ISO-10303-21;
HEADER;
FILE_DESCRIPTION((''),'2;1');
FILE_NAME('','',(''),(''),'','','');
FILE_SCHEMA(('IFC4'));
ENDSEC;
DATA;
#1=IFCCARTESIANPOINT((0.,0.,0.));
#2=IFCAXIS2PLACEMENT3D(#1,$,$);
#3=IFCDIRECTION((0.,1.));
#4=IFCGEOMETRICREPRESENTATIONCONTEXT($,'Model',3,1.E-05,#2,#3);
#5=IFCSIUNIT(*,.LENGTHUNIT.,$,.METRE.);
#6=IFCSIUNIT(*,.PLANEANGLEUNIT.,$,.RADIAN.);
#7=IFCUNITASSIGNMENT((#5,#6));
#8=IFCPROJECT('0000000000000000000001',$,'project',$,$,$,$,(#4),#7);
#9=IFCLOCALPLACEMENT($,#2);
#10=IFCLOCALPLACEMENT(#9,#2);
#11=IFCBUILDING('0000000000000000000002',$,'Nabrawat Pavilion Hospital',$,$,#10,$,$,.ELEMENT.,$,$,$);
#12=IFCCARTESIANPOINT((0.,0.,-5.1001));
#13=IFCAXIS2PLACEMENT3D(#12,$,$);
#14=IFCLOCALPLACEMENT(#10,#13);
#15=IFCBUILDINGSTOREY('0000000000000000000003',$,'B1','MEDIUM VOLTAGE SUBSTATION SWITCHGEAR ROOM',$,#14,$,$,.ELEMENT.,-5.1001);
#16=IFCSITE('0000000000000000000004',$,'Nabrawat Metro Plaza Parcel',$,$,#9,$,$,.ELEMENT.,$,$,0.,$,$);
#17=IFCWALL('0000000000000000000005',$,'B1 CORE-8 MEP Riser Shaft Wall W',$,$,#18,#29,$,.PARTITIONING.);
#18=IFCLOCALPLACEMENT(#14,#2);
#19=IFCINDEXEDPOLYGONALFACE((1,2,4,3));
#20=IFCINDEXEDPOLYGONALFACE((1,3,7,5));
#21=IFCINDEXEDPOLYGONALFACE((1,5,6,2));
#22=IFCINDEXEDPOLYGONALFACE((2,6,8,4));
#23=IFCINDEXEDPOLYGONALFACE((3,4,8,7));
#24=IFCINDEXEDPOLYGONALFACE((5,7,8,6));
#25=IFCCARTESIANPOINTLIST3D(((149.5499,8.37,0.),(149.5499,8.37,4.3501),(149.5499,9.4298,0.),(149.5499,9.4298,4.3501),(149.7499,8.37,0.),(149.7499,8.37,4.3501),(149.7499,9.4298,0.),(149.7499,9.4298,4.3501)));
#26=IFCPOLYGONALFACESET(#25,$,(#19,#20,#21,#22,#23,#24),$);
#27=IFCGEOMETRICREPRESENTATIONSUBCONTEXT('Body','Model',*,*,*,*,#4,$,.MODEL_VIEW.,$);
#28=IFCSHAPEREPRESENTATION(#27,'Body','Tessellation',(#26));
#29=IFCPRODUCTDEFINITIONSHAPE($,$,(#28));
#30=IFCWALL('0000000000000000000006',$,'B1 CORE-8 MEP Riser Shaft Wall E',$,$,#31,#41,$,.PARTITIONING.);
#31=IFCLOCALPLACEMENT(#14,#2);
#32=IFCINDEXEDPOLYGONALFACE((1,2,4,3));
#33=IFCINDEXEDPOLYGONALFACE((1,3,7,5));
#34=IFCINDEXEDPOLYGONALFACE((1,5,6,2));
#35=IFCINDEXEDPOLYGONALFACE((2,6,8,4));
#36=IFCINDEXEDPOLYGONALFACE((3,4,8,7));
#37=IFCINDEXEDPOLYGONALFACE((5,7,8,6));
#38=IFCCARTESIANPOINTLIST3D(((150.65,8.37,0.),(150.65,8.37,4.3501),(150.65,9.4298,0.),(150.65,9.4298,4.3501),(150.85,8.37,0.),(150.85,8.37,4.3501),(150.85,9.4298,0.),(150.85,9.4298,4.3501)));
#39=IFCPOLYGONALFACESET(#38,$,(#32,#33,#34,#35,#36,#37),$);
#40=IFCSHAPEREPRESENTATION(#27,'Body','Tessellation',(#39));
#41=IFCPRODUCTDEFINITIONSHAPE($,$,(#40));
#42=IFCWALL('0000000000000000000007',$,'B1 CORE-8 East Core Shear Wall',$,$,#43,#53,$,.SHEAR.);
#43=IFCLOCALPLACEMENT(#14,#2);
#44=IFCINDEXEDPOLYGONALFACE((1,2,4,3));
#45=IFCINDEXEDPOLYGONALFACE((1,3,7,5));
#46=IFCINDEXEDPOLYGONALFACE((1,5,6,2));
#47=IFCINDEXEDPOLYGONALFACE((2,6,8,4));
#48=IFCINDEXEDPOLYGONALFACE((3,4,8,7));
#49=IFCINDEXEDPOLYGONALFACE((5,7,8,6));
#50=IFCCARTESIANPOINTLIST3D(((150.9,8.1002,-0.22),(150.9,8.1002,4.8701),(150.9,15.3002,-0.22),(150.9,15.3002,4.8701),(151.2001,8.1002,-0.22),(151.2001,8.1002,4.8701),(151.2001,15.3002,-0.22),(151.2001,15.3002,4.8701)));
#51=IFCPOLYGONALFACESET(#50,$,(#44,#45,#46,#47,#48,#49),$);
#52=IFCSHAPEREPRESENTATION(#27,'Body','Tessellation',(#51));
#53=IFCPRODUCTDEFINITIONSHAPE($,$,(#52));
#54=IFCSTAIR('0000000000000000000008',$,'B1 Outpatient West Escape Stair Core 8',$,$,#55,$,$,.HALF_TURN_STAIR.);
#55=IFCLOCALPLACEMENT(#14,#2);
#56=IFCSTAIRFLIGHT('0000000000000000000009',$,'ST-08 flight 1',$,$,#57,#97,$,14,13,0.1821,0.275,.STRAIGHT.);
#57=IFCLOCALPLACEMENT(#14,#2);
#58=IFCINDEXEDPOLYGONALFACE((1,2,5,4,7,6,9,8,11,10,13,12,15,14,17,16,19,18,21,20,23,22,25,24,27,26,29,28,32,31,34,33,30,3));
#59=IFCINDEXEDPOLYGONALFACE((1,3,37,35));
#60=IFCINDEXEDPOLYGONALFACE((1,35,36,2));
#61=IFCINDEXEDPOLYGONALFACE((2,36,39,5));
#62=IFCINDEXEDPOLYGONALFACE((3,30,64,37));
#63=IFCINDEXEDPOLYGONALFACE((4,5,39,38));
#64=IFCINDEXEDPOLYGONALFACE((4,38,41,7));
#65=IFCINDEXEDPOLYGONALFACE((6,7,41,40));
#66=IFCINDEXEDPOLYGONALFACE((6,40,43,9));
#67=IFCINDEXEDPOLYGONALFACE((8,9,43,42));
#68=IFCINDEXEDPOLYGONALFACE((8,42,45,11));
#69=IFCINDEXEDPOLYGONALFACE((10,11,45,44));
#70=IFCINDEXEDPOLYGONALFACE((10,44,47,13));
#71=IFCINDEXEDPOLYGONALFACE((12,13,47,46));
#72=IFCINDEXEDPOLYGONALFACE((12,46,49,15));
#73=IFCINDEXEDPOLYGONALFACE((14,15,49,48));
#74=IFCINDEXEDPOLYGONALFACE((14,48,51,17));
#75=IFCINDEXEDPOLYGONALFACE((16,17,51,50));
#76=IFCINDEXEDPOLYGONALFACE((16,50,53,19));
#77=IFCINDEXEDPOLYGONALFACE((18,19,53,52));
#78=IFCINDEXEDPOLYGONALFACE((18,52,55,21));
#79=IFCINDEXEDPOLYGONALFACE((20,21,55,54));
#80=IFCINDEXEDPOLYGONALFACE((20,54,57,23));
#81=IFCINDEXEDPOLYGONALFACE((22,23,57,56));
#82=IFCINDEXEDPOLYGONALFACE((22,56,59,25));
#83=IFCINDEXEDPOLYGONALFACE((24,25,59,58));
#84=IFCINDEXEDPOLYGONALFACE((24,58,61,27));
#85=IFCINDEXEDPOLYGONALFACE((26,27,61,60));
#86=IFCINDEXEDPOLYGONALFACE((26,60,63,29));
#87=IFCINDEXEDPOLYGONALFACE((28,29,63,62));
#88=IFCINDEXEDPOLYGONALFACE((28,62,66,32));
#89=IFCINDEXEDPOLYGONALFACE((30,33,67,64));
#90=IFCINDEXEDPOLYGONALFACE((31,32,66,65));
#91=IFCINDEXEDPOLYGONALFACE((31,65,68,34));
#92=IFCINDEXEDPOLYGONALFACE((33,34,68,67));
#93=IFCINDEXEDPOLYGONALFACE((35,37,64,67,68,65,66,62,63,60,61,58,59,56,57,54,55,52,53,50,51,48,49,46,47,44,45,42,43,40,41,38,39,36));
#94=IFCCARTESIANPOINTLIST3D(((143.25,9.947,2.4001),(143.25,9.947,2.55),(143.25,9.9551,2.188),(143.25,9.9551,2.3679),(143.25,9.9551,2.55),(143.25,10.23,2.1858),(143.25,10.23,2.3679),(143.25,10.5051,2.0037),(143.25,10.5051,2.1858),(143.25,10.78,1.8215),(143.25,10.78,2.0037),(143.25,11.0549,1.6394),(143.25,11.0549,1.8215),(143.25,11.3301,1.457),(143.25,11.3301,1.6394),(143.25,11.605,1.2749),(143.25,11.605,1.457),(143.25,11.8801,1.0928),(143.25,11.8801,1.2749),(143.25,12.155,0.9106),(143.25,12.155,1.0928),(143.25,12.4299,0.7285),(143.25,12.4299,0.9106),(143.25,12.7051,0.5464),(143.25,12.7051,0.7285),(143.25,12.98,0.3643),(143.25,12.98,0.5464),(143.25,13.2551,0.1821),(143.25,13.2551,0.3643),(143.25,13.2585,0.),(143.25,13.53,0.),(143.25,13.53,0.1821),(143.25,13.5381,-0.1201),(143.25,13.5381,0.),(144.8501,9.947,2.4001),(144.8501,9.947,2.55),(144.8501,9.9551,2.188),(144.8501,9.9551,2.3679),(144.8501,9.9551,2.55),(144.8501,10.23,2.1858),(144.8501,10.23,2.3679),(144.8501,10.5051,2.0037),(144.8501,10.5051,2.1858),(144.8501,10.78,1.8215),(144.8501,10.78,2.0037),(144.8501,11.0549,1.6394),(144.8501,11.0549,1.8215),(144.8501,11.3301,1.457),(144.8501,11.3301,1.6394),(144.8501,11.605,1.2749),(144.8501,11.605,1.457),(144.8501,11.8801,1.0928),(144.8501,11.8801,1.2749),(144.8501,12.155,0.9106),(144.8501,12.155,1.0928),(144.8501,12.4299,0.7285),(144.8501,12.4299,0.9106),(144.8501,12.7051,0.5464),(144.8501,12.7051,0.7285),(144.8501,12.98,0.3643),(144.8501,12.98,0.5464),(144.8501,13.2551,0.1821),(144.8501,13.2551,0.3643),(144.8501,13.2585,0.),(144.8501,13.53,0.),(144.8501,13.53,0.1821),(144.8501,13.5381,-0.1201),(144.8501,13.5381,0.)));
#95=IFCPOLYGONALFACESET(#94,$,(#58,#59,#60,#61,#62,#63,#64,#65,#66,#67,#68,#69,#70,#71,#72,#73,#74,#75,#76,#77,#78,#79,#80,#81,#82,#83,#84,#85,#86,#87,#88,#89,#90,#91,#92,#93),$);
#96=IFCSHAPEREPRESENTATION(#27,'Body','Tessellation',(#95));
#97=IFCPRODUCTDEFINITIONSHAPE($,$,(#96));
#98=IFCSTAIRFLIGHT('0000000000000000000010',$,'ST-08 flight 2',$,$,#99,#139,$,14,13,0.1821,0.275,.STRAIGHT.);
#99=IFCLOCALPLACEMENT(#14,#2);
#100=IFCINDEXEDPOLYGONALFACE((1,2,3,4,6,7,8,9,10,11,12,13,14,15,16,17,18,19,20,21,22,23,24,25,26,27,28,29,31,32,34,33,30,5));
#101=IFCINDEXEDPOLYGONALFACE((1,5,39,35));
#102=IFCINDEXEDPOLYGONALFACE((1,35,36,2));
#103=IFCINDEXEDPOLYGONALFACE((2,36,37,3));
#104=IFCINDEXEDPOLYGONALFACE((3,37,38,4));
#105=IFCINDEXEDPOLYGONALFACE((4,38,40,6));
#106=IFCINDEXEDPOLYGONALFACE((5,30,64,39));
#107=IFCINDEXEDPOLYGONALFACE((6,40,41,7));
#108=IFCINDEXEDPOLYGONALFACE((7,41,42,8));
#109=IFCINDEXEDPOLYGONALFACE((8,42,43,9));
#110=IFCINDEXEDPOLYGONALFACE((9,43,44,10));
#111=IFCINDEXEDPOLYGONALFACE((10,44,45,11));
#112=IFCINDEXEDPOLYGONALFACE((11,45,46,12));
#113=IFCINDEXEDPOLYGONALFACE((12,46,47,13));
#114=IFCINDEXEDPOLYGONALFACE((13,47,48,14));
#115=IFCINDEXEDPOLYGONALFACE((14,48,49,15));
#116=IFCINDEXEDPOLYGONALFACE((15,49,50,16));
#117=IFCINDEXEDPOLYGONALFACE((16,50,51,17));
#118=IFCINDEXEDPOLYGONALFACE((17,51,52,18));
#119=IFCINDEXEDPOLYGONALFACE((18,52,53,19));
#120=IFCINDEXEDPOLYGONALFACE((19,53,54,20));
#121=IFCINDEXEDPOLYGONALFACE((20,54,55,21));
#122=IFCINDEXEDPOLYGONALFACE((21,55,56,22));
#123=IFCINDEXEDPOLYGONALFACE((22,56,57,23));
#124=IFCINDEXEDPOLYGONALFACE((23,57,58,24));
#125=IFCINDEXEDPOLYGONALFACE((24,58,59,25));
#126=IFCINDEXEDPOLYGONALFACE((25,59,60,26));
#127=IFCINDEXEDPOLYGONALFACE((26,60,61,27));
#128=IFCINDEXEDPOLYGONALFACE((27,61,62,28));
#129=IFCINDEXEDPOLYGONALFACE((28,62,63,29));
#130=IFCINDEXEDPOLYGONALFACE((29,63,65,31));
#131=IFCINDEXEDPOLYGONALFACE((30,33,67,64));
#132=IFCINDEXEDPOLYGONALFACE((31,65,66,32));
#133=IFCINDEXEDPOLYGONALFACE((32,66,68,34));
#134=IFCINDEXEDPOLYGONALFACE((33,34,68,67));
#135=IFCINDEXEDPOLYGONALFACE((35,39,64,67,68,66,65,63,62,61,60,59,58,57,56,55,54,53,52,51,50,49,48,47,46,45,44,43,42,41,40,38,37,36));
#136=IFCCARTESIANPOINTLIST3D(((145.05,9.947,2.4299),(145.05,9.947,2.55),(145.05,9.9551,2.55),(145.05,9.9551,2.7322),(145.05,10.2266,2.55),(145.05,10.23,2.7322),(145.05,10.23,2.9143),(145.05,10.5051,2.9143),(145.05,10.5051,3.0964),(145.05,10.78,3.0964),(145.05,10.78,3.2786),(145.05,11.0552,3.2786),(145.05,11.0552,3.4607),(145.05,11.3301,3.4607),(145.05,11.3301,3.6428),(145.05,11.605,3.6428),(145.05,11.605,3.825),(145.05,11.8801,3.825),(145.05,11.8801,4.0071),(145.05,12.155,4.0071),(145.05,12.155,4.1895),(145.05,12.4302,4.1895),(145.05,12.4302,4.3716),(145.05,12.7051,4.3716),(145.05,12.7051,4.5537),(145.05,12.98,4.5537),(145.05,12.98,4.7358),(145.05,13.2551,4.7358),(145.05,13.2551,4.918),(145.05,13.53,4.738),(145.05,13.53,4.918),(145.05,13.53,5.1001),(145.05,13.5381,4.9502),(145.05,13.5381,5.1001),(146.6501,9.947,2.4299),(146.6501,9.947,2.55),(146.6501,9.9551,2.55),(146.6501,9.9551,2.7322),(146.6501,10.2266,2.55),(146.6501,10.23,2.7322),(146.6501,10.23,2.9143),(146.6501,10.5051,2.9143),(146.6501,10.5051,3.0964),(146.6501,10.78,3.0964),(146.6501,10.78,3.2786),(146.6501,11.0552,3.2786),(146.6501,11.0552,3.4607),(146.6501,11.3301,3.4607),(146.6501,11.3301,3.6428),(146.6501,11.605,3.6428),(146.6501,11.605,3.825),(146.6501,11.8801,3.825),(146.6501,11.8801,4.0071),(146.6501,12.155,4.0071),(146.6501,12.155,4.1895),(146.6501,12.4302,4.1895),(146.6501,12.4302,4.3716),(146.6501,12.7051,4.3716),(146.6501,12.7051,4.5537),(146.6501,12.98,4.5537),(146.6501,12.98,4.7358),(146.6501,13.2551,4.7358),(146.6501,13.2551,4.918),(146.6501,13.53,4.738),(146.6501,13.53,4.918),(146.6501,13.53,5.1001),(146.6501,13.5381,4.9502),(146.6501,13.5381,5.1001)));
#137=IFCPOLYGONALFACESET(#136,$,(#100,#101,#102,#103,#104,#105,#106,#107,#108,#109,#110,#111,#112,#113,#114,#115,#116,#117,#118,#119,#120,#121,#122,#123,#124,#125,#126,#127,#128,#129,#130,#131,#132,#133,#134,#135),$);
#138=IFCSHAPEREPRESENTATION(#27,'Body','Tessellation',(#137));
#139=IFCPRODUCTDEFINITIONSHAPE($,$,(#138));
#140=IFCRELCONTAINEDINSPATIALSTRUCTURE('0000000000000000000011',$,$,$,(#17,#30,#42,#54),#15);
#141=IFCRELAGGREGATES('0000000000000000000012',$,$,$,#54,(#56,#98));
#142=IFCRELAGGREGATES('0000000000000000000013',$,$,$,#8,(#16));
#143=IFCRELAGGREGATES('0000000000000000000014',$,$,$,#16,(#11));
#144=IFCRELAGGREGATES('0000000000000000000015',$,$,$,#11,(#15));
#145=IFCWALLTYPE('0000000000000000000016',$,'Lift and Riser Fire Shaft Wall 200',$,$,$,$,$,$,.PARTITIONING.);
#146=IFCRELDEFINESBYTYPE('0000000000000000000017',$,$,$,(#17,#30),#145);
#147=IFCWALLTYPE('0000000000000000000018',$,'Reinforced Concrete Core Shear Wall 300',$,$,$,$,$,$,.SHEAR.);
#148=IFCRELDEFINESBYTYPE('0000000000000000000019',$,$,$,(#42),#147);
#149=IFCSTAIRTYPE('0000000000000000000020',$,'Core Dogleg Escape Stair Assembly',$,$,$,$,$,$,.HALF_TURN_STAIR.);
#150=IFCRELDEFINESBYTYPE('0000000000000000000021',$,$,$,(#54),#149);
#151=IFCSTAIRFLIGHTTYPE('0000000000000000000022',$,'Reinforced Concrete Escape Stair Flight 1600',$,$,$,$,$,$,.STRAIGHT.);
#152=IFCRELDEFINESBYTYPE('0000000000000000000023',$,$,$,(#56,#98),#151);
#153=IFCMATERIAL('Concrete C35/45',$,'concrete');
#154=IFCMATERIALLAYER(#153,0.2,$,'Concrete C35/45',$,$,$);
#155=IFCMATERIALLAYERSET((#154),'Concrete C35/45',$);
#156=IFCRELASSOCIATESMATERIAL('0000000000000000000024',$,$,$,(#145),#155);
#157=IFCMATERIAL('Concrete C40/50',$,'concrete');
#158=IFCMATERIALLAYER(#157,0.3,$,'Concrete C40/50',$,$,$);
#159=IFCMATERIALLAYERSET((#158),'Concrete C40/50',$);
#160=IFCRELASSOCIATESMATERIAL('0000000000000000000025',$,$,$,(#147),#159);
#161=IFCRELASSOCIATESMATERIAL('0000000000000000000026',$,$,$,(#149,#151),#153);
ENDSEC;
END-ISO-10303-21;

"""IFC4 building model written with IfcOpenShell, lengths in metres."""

from ifc_helpers import new_model, si_unit, direction, frame, frame_2d, origin, place, context, subcontext, project, spatial, polyline, rectangle, outline, extrude, material, layer, layer_set, type_object, element, aggregate, save


model = new_model("IFC4")

# Units and contexts
model_context = context("Model", 3, precision=1e-05, world=origin(), true_north=direction((0.0, 1.0)))
body_context = subcontext(model_context, "Body", "Model", "MODEL_VIEW")
ifc_project = project(units=[si_unit("LENGTHUNIT", "METRE"), si_unit("PLANEANGLEUNIT", "RADIAN")], contexts=[model_context])

# Site, building, storey
site_placement = place(None, origin())
site = spatial("IfcSite", under=ifc_project, at=site_placement, Name="Nabrawat Metro Plaza Parcel", CompositionType="ELEMENT", RefElevation=0.0)
building_placement = place(site_placement, origin())
building = spatial("IfcBuilding", under=site, at=building_placement, Name="Nabrawat Pavilion Hospital", CompositionType="ELEMENT")
storey_placement = place(building_placement, frame((0.0, 0.0, -5.1001)))
storey = spatial("IfcBuildingStorey", under=building, at=storey_placement, Name="B1", Description="MEDIUM VOLTAGE SUBSTATION SWITCHGEAR ROOM", CompositionType="ELEMENT", Elevation=-5.1001)

# Shared definitions
ifc_material_1 = material(Name="Concrete C35/45", Category="concrete")

# Shared definitions
ifc_material_2 = material(Name="Concrete C40/50", Category="concrete")

# Walls
ifc_layer_1 = layer(ifc_material_1, 0.2, Name="Concrete C35/45")
ifc_layer_set_1 = layer_set([ifc_layer_1], Name="Concrete C35/45")
wall_type_1 = type_object("IfcWallType", Name="Lift and Riser Fire Shaft Wall 200", PredefinedType="PARTITIONING", material=ifc_layer_set_1)
for number, where, z_axis, x_axis, name in (
    (1, (149.6499, 8.3701, 0.0), (0.0, 0.0, 1.0), (0.0, 1.0, 0.0), "B1 CORE-8 MEP Riser Shaft Wall W"),
    (2, (150.75, 8.3701, 0.0), (0.0, 0.0, 1.0), (0.0, 1.0, 0.0), "B1 CORE-8 MEP Riser Shaft Wall E"),
):
    element("IfcWall", number, at=place(storey_placement, frame(where, z_axis=z_axis, x_axis=x_axis)), inside=storey, type_object=wall_type_1, Name=name, PredefinedType="PARTITIONING", context=body_context, shape_type="SweptSolid", body=[
        extrude(rectangle(XDim=1.0598, YDim=0.2, at=frame_2d((0.5298, 0.0))), origin(), (0.0, 0.0, 1.0), 4.3501),
    ])
ifc_layer_2 = layer(ifc_material_2, 0.3, Name="Concrete C40/50")
ifc_layer_set_2 = layer_set([ifc_layer_2], Name="Concrete C40/50")
wall_type_2 = type_object("IfcWallType", Name="Reinforced Concrete Core Shear Wall 300", PredefinedType="SHEAR", material=ifc_layer_set_2)
wall_1_placement = place(storey_placement, frame((151.05, 8.1001, -0.22), z_axis=(0.0, 0.0, 1.0), x_axis=(0.0, 1.0, 0.0)))
element("IfcWall", 3, at=wall_1_placement, inside=storey, type_object=wall_type_2, Name="B1 CORE-8 East Core Shear Wall", PredefinedType="SHEAR", context=body_context, shape_type="SweptSolid", body=[
    extrude(rectangle(XDim=7.2, YDim=0.3, at=frame_2d((3.6001, 0.0))), origin(), (0.0, 0.0, 1.0), 5.0901),
])

# Stair, stair flights
stair_type = type_object("IfcStairType", Name="Core Dogleg Escape Stair Assembly", PredefinedType="HALF_TURN_STAIR", material=ifc_material_1)
stair_placement = place(storey_placement, origin())
stair = element("IfcStair", 4, at=stair_placement, inside=storey, type_object=stair_type, Name="B1 Outpatient West Escape Stair Core 8", PredefinedType="HALF_TURN_STAIR")
stair_flight_type = type_object("IfcStairFlightType", Name="Reinforced Concrete Escape Stair Flight 1600", PredefinedType="STRAIGHT", material=ifc_material_1)
stair_flight_1_placement = place(storey_placement, frame((144.05, 13.53, 0.0), z_axis=(0.0, 0.0, 1.0), x_axis=(0.0, -1.0, 0.0)))
stair_flight_1 = element("IfcStairFlight", 5, at=stair_flight_1_placement, type_object=stair_flight_type, Name="ST-08 flight 1", NumberOfRisers=14, NumberOfTreads=13, PredefinedType="STRAIGHT", RiserHeight=0.1821, TreadLength=0.275, context=body_context, shape_type="SweptSolid", body=[
    extrude(outline(polyline([(-0.0081, 0.0), (0.0, 0.0), (0.0, 0.1821), (0.2749, 0.1821), (0.2749, 0.3643), (0.55, 0.3643), (0.55, 0.5464), (0.825, 0.5464), (0.825, 0.7285), (1.1001, 0.7285), (1.1001, 0.9106), (1.375, 0.9106), (1.375, 1.0928), (1.6499, 1.0928), (1.6499, 1.2749), (1.925, 1.2749), (1.925, 1.457), (2.2, 1.457), (2.2, 1.6394), (2.4751, 1.6394), (2.4751, 1.8215), (2.75, 1.8215), (2.75, 2.0037), (3.0249, 2.0037), (3.0249, 2.1858), (3.3, 2.1858), (3.3, 2.3679), (3.575, 2.3679), (3.575, 2.55), (3.583, 2.55), (3.583, 2.4001), (3.575, 2.188), (0.2715, 0.0), (-0.0081, -0.1201), (-0.0081, 0.0)])), frame((0.0, 0.8, 0.0), z_axis=(0.0, -1.0, 0.0), x_axis=(1.0, 0.0, 0.0)), (0.0, 0.0, 1.0), 1.6001),
])
stair_flight_2_placement = place(storey_placement, frame((145.8501, 9.9551, 2.55), z_axis=(0.0, 0.0, 1.0), x_axis=(0.0, 1.0, 0.0)))
stair_flight_2 = element("IfcStairFlight", 6, at=stair_flight_2_placement, type_object=stair_flight_type, Name="ST-08 flight 2", NumberOfRisers=14, NumberOfTreads=13, PredefinedType="STRAIGHT", RiserHeight=0.1821, TreadLength=0.275, context=body_context, shape_type="SweptSolid", body=[
    extrude(outline(polyline([(-0.0081, 0.0), (0.0, 0.0), (0.0, 0.1821), (0.2749, 0.1821), (0.2749, 0.3643), (0.55, 0.3643), (0.55, 0.5464), (0.825, 0.5464), (0.825, 0.7285), (1.1001, 0.7285), (1.1001, 0.9106), (1.375, 0.9106), (1.375, 1.0928), (1.6499, 1.0928), (1.6499, 1.2749), (1.925, 1.2749), (1.925, 1.457), (2.2, 1.457), (2.2, 1.6394), (2.4751, 1.6394), (2.4751, 1.8215), (2.75, 1.8215), (2.75, 2.0037), (3.0249, 2.0037), (3.0249, 2.1858), (3.3, 2.1858), (3.3, 2.3679), (3.575, 2.3679), (3.575, 2.55), (3.583, 2.55), (3.583, 2.4001), (3.575, 2.188), (0.2715, 0.0), (-0.0081, -0.1201), (-0.0081, 0.0)])), frame((0.0, 0.8, 0.0), z_axis=(0.0, -1.0, 0.0), x_axis=(1.0, 0.0, 0.0)), (0.0, 0.0, 1.0), 1.6001),
])
aggregate(stair, [stair_flight_1, stair_flight_2])

save(model, "model.ifc")
